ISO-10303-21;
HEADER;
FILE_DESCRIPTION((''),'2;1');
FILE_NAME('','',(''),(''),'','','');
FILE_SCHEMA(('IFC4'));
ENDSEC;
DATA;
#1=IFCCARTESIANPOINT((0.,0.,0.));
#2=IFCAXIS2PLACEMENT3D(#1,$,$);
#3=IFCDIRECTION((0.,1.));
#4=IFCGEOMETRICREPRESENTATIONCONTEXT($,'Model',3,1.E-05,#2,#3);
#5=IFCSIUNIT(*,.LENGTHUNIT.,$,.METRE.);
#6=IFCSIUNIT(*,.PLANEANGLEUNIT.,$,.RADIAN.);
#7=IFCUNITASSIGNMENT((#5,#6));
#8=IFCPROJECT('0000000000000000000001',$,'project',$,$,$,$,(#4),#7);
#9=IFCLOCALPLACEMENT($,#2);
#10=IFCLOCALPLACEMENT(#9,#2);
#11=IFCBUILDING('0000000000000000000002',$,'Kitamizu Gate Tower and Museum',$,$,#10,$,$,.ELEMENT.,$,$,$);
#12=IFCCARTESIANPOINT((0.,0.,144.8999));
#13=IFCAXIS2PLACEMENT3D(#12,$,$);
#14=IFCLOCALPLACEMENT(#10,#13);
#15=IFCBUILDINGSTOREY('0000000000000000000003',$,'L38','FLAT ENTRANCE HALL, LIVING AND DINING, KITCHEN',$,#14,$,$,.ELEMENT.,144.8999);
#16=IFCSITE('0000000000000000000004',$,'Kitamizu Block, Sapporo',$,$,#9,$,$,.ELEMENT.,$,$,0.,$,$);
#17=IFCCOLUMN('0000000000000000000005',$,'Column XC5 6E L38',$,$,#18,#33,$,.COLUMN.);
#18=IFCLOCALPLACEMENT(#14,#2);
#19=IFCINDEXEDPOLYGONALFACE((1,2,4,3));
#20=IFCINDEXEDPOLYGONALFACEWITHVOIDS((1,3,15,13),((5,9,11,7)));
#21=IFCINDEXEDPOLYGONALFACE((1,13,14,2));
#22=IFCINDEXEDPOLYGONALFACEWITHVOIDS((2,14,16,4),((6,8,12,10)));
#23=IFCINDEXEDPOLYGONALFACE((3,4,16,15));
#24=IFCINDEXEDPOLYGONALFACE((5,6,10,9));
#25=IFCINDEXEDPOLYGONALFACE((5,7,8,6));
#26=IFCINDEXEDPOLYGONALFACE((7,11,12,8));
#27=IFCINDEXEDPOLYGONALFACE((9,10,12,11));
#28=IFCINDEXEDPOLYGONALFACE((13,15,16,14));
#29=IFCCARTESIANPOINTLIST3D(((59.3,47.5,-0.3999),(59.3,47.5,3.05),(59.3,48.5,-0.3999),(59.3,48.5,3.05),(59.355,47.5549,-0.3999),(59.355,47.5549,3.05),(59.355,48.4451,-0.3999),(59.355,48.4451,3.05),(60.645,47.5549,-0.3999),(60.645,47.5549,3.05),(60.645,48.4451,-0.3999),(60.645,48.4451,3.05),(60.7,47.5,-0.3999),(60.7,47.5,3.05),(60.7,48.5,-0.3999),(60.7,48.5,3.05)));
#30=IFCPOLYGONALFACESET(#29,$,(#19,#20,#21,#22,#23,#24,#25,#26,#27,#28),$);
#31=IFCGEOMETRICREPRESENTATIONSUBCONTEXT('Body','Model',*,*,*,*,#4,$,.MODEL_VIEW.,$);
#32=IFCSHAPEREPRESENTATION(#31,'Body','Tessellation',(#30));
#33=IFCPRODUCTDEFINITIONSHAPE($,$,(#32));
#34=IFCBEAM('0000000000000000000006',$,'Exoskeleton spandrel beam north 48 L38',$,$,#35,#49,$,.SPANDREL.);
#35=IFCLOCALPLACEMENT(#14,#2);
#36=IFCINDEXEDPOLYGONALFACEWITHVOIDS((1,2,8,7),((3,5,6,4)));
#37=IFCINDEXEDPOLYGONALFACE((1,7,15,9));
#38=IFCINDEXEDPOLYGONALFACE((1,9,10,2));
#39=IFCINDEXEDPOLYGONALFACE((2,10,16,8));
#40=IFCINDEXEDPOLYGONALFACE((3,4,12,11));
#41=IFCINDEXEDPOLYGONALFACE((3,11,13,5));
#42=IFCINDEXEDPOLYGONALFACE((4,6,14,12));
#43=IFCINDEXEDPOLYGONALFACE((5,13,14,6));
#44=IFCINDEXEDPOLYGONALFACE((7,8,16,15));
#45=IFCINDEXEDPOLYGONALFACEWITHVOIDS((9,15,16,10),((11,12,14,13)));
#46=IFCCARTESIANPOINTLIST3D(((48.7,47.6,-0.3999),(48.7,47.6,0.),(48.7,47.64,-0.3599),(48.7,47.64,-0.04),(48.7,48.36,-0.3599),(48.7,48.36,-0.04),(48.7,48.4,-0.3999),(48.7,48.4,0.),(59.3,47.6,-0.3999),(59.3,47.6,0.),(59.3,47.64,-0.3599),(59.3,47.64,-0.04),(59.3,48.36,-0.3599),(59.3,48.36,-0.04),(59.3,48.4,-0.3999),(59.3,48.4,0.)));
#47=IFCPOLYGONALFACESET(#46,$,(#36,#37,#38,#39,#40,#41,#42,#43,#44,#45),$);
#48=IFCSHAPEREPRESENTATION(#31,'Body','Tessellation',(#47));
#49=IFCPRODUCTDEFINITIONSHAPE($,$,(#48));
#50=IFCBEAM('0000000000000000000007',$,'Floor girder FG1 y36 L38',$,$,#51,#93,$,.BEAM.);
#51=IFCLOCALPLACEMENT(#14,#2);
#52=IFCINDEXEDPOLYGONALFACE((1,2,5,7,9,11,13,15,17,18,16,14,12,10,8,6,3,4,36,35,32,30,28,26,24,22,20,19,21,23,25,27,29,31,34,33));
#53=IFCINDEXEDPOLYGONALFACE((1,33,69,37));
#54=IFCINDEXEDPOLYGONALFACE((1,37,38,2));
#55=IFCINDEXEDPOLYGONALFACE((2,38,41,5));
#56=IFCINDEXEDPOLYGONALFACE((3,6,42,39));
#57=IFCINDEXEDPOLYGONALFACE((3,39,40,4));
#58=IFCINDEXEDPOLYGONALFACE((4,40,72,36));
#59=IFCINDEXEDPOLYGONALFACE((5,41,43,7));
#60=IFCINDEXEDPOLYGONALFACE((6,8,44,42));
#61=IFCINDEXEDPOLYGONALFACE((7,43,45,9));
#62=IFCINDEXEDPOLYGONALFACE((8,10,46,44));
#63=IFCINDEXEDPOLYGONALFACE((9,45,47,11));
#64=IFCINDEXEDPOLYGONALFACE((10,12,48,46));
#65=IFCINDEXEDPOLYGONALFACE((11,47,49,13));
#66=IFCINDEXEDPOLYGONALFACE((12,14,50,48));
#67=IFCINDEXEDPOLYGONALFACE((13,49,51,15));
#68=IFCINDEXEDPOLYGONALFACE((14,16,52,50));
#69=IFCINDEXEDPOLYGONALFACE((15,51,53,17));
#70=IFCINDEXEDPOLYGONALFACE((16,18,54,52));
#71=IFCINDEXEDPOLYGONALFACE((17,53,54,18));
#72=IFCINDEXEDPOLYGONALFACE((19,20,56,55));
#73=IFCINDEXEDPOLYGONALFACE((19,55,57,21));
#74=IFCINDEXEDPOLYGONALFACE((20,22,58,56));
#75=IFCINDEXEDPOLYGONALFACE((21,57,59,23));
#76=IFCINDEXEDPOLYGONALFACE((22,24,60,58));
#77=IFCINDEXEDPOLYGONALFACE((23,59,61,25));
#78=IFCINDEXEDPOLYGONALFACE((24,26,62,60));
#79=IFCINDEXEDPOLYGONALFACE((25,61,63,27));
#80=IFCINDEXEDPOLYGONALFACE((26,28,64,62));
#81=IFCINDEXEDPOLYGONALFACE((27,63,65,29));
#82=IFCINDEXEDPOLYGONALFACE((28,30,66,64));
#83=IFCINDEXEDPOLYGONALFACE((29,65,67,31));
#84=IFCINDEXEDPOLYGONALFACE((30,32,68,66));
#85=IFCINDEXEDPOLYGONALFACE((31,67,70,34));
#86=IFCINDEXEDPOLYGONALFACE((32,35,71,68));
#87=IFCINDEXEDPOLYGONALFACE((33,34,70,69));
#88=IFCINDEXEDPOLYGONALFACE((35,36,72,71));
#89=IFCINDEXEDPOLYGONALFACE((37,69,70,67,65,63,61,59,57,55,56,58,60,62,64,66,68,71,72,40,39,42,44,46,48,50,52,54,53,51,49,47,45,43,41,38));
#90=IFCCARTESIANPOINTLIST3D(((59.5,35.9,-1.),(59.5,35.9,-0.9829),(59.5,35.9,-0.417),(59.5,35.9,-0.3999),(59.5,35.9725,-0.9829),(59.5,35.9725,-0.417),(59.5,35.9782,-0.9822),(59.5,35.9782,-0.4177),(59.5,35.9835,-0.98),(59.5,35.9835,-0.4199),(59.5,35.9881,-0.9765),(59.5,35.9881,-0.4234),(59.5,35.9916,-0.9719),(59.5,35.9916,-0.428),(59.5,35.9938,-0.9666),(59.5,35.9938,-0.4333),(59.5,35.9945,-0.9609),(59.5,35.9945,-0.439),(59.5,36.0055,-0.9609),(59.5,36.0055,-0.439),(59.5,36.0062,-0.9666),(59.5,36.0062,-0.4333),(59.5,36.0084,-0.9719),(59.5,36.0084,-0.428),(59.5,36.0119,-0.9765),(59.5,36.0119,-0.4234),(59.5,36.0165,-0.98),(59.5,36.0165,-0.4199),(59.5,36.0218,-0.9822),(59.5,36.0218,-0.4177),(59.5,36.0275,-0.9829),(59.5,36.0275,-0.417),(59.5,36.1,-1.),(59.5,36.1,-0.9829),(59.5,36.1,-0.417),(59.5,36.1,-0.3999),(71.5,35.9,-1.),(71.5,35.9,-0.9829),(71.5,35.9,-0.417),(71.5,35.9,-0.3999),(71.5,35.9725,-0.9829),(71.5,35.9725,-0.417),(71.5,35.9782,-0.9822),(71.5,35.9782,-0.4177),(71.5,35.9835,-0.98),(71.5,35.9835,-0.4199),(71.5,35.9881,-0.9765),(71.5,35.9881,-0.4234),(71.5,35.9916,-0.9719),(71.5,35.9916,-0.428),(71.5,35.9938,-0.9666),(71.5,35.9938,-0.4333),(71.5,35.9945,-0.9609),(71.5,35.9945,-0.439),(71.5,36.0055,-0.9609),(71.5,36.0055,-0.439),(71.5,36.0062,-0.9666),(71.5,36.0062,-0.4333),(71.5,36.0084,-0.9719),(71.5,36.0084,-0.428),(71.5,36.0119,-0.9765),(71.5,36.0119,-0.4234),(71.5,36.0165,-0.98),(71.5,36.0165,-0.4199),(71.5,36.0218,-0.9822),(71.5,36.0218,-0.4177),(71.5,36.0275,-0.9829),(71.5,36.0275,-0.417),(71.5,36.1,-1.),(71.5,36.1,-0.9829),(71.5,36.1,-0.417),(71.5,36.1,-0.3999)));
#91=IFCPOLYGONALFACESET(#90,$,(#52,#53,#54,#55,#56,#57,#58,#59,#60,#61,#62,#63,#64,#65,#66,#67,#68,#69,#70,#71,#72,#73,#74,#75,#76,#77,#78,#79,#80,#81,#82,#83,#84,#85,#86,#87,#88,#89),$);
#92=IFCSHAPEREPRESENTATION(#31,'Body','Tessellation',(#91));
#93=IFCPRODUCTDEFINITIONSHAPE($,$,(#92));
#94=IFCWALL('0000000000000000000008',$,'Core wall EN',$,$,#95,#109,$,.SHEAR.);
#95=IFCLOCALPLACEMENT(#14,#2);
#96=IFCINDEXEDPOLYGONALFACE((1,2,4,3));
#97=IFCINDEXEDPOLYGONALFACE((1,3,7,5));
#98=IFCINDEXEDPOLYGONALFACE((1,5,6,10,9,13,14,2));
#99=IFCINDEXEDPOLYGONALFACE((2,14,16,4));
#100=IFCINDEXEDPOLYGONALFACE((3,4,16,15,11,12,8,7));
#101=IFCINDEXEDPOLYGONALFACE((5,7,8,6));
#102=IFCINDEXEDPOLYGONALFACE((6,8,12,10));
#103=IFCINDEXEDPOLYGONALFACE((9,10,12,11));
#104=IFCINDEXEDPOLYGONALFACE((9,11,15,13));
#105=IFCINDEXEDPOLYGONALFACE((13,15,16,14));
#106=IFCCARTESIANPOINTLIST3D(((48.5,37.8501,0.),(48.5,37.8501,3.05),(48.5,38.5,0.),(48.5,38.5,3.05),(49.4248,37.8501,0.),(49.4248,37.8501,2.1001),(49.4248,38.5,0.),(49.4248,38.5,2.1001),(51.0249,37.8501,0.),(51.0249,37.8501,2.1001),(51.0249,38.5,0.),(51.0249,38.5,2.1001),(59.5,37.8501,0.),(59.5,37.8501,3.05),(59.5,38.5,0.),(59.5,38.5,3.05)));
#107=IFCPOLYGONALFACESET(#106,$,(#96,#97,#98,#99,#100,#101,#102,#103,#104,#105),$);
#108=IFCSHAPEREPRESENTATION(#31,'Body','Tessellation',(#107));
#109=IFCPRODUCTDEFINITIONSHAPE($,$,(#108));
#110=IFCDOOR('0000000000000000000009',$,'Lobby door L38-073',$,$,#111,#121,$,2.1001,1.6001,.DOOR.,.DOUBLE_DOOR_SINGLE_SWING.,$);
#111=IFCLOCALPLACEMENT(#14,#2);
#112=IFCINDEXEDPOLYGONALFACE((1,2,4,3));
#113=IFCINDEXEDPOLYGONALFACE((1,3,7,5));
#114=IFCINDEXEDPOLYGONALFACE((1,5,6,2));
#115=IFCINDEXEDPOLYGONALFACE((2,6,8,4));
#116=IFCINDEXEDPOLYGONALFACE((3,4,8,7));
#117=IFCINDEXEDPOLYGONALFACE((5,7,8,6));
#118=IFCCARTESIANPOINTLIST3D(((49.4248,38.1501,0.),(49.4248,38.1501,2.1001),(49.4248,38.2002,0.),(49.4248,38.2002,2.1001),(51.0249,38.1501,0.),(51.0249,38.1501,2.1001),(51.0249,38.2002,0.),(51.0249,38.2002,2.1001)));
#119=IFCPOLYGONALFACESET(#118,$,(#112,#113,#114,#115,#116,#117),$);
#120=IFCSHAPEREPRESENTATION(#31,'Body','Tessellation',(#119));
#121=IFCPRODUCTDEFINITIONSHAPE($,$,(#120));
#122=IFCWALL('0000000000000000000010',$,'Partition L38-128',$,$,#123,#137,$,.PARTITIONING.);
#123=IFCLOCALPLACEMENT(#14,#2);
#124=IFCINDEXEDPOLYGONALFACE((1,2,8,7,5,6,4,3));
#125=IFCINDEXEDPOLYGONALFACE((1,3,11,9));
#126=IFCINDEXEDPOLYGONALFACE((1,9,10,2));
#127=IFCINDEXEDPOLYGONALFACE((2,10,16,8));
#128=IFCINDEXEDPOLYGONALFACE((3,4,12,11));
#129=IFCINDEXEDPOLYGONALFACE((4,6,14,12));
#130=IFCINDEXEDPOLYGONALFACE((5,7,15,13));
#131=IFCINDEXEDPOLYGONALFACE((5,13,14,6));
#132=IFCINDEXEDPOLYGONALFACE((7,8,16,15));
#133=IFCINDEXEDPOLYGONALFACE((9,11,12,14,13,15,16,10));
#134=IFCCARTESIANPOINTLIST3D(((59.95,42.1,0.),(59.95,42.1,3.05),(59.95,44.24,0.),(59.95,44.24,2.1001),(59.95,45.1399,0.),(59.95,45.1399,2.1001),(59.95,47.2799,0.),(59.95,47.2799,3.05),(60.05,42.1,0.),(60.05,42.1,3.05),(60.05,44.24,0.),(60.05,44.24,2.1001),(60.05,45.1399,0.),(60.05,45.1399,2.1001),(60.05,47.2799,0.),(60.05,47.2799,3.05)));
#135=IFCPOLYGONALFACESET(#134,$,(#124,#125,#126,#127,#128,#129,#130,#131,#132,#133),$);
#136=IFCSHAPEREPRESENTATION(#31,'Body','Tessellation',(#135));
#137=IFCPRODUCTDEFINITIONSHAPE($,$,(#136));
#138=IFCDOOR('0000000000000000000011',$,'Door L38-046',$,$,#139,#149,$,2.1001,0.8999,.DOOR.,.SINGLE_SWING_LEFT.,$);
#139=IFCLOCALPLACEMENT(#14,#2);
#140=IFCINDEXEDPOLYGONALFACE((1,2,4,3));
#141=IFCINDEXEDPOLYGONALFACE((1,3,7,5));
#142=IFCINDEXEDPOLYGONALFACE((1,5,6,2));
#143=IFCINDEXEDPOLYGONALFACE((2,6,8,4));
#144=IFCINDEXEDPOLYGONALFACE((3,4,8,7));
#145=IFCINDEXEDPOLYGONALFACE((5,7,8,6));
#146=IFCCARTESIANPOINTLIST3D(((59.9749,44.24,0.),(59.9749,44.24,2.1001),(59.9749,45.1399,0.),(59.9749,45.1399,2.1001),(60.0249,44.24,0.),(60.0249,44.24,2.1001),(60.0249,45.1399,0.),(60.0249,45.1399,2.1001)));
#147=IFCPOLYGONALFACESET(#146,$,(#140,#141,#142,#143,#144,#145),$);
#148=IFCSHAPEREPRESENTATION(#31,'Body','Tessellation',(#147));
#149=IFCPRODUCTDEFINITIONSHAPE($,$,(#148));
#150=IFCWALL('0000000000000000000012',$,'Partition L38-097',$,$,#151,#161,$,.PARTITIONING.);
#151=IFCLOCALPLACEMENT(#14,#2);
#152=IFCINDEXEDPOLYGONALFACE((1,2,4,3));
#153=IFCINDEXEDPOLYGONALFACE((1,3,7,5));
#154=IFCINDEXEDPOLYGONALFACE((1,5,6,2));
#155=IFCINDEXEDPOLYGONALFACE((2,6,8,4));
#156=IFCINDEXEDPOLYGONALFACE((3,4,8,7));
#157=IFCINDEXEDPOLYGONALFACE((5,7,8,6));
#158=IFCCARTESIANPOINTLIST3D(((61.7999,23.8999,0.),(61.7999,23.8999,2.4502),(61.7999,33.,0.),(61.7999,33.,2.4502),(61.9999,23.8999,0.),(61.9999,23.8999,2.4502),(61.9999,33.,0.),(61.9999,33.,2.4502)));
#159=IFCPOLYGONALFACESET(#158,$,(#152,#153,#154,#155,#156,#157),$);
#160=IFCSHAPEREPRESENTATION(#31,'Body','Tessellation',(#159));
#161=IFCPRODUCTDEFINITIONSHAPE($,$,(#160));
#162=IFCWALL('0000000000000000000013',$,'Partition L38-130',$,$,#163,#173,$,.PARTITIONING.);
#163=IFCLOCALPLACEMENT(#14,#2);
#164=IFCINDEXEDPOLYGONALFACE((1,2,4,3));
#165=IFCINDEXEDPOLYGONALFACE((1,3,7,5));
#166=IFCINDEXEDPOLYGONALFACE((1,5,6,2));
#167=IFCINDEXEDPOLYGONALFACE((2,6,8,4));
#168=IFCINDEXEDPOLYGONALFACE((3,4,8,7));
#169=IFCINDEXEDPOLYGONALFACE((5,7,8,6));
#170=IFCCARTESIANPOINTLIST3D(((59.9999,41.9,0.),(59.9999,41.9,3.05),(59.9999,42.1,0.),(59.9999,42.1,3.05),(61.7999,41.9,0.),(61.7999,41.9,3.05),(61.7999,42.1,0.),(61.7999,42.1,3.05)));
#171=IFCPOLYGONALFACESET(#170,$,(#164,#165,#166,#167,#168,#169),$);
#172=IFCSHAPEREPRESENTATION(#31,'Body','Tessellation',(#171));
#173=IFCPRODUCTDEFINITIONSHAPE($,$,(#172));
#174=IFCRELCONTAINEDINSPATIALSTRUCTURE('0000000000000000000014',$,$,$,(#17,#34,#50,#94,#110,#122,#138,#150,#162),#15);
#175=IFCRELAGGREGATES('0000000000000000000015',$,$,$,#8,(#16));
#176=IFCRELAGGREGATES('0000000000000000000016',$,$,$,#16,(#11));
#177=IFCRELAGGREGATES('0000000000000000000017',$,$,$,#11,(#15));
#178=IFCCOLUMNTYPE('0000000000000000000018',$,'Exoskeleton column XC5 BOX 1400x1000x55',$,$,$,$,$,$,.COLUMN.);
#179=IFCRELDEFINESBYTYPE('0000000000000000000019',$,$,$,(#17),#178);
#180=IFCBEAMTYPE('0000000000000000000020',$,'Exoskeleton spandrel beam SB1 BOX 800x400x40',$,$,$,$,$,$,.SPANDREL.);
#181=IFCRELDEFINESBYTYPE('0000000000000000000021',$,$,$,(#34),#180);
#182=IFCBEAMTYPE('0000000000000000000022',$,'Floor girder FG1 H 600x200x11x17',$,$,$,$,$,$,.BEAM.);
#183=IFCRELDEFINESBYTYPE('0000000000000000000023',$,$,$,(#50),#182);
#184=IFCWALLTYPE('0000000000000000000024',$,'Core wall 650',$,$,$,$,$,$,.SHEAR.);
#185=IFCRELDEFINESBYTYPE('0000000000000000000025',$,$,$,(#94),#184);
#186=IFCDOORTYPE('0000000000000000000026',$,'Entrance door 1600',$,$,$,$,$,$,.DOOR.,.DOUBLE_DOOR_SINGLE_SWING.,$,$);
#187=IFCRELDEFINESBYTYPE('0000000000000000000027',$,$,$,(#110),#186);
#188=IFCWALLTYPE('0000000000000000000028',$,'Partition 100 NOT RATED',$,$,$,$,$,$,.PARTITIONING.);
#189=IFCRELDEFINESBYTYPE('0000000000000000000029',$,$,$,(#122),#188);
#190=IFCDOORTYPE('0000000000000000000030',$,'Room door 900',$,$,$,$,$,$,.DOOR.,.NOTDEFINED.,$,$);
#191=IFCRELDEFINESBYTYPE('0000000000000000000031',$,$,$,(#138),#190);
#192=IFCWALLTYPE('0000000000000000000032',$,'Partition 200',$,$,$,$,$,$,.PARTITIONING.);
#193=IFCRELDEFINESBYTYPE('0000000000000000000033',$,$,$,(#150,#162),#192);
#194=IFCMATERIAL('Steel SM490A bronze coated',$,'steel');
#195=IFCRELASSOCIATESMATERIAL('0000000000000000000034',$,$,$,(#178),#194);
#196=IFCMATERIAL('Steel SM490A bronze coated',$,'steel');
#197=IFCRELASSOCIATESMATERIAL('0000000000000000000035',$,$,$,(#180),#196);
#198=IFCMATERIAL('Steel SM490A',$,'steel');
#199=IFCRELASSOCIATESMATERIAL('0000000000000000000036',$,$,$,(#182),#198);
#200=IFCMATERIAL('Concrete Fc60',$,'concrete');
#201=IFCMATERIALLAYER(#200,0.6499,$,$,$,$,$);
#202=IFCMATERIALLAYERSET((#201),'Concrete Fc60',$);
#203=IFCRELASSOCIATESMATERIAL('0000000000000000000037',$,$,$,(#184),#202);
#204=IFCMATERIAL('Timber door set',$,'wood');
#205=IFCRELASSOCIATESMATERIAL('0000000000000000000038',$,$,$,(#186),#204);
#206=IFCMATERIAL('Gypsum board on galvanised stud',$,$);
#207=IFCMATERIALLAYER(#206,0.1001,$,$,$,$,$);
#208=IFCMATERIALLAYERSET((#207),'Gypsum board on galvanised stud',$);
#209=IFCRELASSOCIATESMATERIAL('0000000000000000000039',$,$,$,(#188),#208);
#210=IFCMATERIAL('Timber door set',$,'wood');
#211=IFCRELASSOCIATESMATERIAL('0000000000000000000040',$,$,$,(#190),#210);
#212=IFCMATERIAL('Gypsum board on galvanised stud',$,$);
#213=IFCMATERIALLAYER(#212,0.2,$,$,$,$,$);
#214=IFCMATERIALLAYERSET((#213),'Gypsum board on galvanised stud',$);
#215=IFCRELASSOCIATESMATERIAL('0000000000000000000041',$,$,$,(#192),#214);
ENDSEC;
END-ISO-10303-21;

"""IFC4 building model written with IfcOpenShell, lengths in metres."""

from ifc_helpers import new_model, si_unit, direction, frame, frame_2d, origin, origin_2d, place, context, subcontext, project, spatial, rectangle, hollow_rectangle, i_section, extrude, material, layer, layer_set, material_profile, profile_set, type_object, element, fill, save


model = new_model("IFC4")

# Units and contexts
model_context = context("Model", 3, precision=1e-05, world=origin(), true_north=direction((0.0, 1.0)))
body_context = subcontext(model_context, "Body", "Model", "MODEL_VIEW")
ifc_project = project(units=[si_unit("LENGTHUNIT", "METRE"), si_unit("PLANEANGLEUNIT", "RADIAN")], contexts=[model_context])

# Site, building, storey
site_placement = place(None, origin())
site = spatial("IfcSite", under=ifc_project, at=site_placement, Name="Kitamizu Block, Sapporo", CompositionType="ELEMENT", RefElevation=0.0)
building_placement = place(site_placement, origin())
building = spatial("IfcBuilding", under=site, at=building_placement, Name="Kitamizu Gate Tower and Museum", CompositionType="ELEMENT")
storey_placement = place(building_placement, frame((0.0, 0.0, 144.8999)))
storey = spatial("IfcBuildingStorey", under=building, at=storey_placement, Name="L38", Description="FLAT ENTRANCE HALL, LIVING AND DINING, KITCHEN", CompositionType="ELEMENT", Elevation=144.8999)

# Column
ifc_material_1 = material(Name="Steel SM490A bronze coated", Category="steel")
ifc_material_profile_1 = material_profile(ifc_material_1, hollow_rectangle(XDim=1.3999, YDim=1.0, WallThickness=0.0549, at=origin_2d()), Name="BOX 1400x1000x55")
ifc_profile_set_1 = profile_set([ifc_material_profile_1], Name="Steel SM490A bronze coated")
column_type = type_object("IfcColumnType", Name="Exoskeleton column XC5 BOX 1400x1000x55", PredefinedType="COLUMN", material=ifc_profile_set_1)
column_placement = place(storey_placement, frame((60.0, 48.0, -0.3999), z_axis=(0.0, 0.0, 1.0), x_axis=(1.0, 0.0, 0.0)))
element("IfcColumn", 1, at=column_placement, inside=storey, type_object=column_type, Name="Column XC5 6E L38", PredefinedType="COLUMN", context=body_context, shape_type="SweptSolid", body=[
    extrude(hollow_rectangle(XDim=1.3999, YDim=1.0, WallThickness=0.0549, at=origin_2d()), origin(), (0.0, 0.0, 1.0), 3.45),
])

# Beams
ifc_material_2 = material(Name="Steel SM490A bronze coated", Category="steel")
ifc_material_profile_2 = material_profile(ifc_material_2, hollow_rectangle(XDim=0.8, YDim=0.3999, WallThickness=0.04, at=origin_2d()), Name="BOX 800x400x40")
ifc_profile_set_2 = profile_set([ifc_material_profile_2], Name="Steel SM490A bronze coated")
beam_type_1 = type_object("IfcBeamType", Name="Exoskeleton spandrel beam SB1 BOX 800x400x40", PredefinedType="SPANDREL", material=ifc_profile_set_2)
beam_1_placement = place(storey_placement, frame((48.7, 48.0, -0.2), z_axis=(1.0, 0.0, 0.0), x_axis=(0.0, 1.0, 0.0)))
element("IfcBeam", 2, at=beam_1_placement, inside=storey, type_object=beam_type_1, Name="Exoskeleton spandrel beam north 48 L38", PredefinedType="SPANDREL", context=body_context, shape_type="SweptSolid", body=[
    extrude(hollow_rectangle(XDim=0.8, YDim=0.3999, WallThickness=0.04, at=origin_2d()), origin(), (0.0, 0.0, 1.0), 10.6001),
])
ifc_material_3 = material(Name="Steel SM490A", Category="steel")
ifc_material_profile_3 = material_profile(ifc_material_3, i_section(OverallWidth=0.2, OverallDepth=0.6001, WebThickness=0.011, FlangeThickness=0.0171, FilletRadius=0.022, at=origin_2d()), Name="H-600x200x11x17")
ifc_profile_set_3 = profile_set([ifc_material_profile_3], Name="Steel SM490A")
beam_type_2 = type_object("IfcBeamType", Name="Floor girder FG1 H 600x200x11x17", PredefinedType="BEAM", material=ifc_profile_set_3)
beam_2_placement = place(storey_placement, frame((59.5, 36.0, -0.7), z_axis=(1.0, 0.0, 0.0), x_axis=(0.0, 1.0, 0.0)))
element("IfcBeam", 3, at=beam_2_placement, inside=storey, type_object=beam_type_2, Name="Floor girder FG1 y36 L38", PredefinedType="BEAM", context=body_context, shape_type="SweptSolid", body=[
    extrude(i_section(OverallWidth=0.2, OverallDepth=0.6001, WebThickness=0.011, FlangeThickness=0.0171, FilletRadius=0.022, at=origin_2d()), origin(), (0.0, 0.0, 1.0), 12.0),
])

# Walls, openings, doors
ifc_material_4 = material(Name="Concrete Fc60", Category="concrete")
ifc_layer_1 = layer(ifc_material_4, 0.6499)
ifc_layer_set_1 = layer_set([ifc_layer_1], Name="Concrete Fc60")
wall_type_1 = type_object("IfcWallType", Name="Core wall 650", PredefinedType="SHEAR", material=ifc_layer_set_1)
wall_1_placement = place(storey_placement, frame((59.5, 38.175, 0.0), z_axis=(0.0, 0.0, 1.0), x_axis=(-1.0, 0.0, 0.0)))
wall_1 = element("IfcWall", 4, at=wall_1_placement, inside=storey, type_object=wall_type_1, Name="Core wall EN", PredefinedType="SHEAR", context=body_context, shape_type="SweptSolid", body=[
    extrude(rectangle(XDim=11.0, YDim=0.6499, at=frame_2d((5.5, 0.0))), origin(), (0.0, 0.0, 1.0), 3.05),
])
opening_1_placement = place(wall_1_placement, frame((8.4751, 0.0, 0.0)))
opening_1 = element("IfcOpeningElement", 5, at=opening_1_placement, cuts=wall_1, PredefinedType="OPENING", context=body_context, shape_type="SweptSolid", body=[
    extrude(rectangle(XDim=1.6001, YDim=2.1001, at=frame_2d((0.8, 1.05))), frame((0.0, 0.335, 0.0), z_axis=(0.0, -1.0, 0.0), x_axis=(1.0, 0.0, 0.0)), (0.0, 0.0, 1.0), 0.6699),
])
ifc_material_5 = material(Name="Timber door set", Category="wood")
door_type_1 = type_object("IfcDoorType", Name="Entrance door 1600", OperationType="DOUBLE_DOOR_SINGLE_SWING", PredefinedType="DOOR", material=ifc_material_5)
door_1_placement = place(opening_1_placement, origin())
door_1 = element("IfcDoor", 6, at=door_1_placement, inside=storey, type_object=door_type_1, Name="Lobby door L38-073", OperationType="DOUBLE_DOOR_SINGLE_SWING", OverallHeight=2.1001, OverallWidth=1.6001, PredefinedType="DOOR", context=body_context, shape_type="SweptSolid", body=[
    extrude(rectangle(XDim=1.6001, YDim=2.1001, at=frame_2d((0.8, 1.05))), frame((0.0, 0.0249, 0.0), z_axis=(0.0, -1.0, 0.0), x_axis=(1.0, 0.0, 0.0)), (0.0, 0.0, 1.0), 0.05),
])
fill(opening_1, door_1)
ifc_material_6 = material(Name="Gypsum board on galvanised stud")
ifc_layer_2 = layer(ifc_material_6, 0.1001)
ifc_layer_set_2 = layer_set([ifc_layer_2], Name="Gypsum board on galvanised stud")
wall_type_2 = type_object("IfcWallType", Name="Partition 100 NOT RATED", PredefinedType="PARTITIONING", material=ifc_layer_set_2)
wall_2_placement = place(storey_placement, frame((60.0, 42.1001, 0.0), z_axis=(0.0, 0.0, 1.0), x_axis=(0.0, 1.0, 0.0)))
wall_2 = element("IfcWall", 7, at=wall_2_placement, inside=storey, type_object=wall_type_2, Name="Partition L38-128", PredefinedType="PARTITIONING", context=body_context, shape_type="SweptSolid", body=[
    extrude(rectangle(XDim=5.1799, YDim=0.1001, at=frame_2d((2.5898, 0.0))), origin(), (0.0, 0.0, 1.0), 3.05),
])
opening_2_placement = place(wall_2_placement, frame((2.1399, 0.0, 0.0)))
opening_2 = element("IfcOpeningElement", 8, at=opening_2_placement, cuts=wall_2, PredefinedType="OPENING", context=body_context, shape_type="SweptSolid", body=[
    extrude(rectangle(XDim=0.8999, YDim=2.1001, at=frame_2d((0.45, 1.05))), frame((0.0, 0.0601, 0.0), z_axis=(0.0, -1.0, 0.0), x_axis=(1.0, 0.0, 0.0)), (0.0, 0.0, 1.0), 0.1201),
])
ifc_material_7 = material(Name="Timber door set", Category="wood")
door_type_2 = type_object("IfcDoorType", Name="Room door 900", OperationType="NOTDEFINED", PredefinedType="DOOR", material=ifc_material_7)
door_2_placement = place(opening_2_placement, frame((0.8999, 0.0, 0.0), x_axis=(-1.0, 0.0, 0.0)))
door_2 = element("IfcDoor", 9, at=door_2_placement, inside=storey, type_object=door_type_2, Name="Door L38-046", OperationType="SINGLE_SWING_LEFT", OverallHeight=2.1001, OverallWidth=0.8999, PredefinedType="DOOR", context=body_context, shape_type="SweptSolid", body=[
    extrude(rectangle(XDim=0.8999, YDim=2.1001, at=frame_2d((0.45, 1.05))), frame((0.0, 0.0249, 0.0), z_axis=(0.0, -1.0, 0.0), x_axis=(1.0, 0.0, 0.0)), (0.0, 0.0, 1.0), 0.05),
])
fill(opening_2, door_2)

# Walls
ifc_material_8 = material(Name="Gypsum board on galvanised stud")
ifc_layer_3 = layer(ifc_material_8, 0.2)
ifc_layer_set_3 = layer_set([ifc_layer_3], Name="Gypsum board on galvanised stud")
wall_type_3 = type_object("IfcWallType", Name="Partition 200", PredefinedType="PARTITIONING", material=ifc_layer_set_3)
wall_3_placement = place(storey_placement, frame((61.8999, 33.0, 0.0), z_axis=(0.0, 0.0, 1.0), x_axis=(0.0, -1.0, 0.0)))
element("IfcWall", 10, at=wall_3_placement, inside=storey, type_object=wall_type_3, Name="Partition L38-097", PredefinedType="PARTITIONING", context=body_context, shape_type="SweptSolid", body=[
    extrude(rectangle(XDim=9.1001, YDim=0.2, at=frame_2d((4.55, 0.0))), origin(), (0.0, 0.0, 1.0), 2.4502),
])
wall_4_placement = place(storey_placement, frame((60.0, 42.0, 0.0), z_axis=(0.0, 0.0, 1.0), x_axis=(1.0, 0.0, 0.0)))
element("IfcWall", 11, at=wall_4_placement, inside=storey, type_object=wall_type_3, Name="Partition L38-130", PredefinedType="PARTITIONING", context=body_context, shape_type="SweptSolid", body=[
    extrude(rectangle(XDim=1.8, YDim=0.2, at=frame_2d((0.8999, 0.0))), origin(), (0.0, 0.0, 1.0), 3.05),
])

save(model, "model.ifc")
